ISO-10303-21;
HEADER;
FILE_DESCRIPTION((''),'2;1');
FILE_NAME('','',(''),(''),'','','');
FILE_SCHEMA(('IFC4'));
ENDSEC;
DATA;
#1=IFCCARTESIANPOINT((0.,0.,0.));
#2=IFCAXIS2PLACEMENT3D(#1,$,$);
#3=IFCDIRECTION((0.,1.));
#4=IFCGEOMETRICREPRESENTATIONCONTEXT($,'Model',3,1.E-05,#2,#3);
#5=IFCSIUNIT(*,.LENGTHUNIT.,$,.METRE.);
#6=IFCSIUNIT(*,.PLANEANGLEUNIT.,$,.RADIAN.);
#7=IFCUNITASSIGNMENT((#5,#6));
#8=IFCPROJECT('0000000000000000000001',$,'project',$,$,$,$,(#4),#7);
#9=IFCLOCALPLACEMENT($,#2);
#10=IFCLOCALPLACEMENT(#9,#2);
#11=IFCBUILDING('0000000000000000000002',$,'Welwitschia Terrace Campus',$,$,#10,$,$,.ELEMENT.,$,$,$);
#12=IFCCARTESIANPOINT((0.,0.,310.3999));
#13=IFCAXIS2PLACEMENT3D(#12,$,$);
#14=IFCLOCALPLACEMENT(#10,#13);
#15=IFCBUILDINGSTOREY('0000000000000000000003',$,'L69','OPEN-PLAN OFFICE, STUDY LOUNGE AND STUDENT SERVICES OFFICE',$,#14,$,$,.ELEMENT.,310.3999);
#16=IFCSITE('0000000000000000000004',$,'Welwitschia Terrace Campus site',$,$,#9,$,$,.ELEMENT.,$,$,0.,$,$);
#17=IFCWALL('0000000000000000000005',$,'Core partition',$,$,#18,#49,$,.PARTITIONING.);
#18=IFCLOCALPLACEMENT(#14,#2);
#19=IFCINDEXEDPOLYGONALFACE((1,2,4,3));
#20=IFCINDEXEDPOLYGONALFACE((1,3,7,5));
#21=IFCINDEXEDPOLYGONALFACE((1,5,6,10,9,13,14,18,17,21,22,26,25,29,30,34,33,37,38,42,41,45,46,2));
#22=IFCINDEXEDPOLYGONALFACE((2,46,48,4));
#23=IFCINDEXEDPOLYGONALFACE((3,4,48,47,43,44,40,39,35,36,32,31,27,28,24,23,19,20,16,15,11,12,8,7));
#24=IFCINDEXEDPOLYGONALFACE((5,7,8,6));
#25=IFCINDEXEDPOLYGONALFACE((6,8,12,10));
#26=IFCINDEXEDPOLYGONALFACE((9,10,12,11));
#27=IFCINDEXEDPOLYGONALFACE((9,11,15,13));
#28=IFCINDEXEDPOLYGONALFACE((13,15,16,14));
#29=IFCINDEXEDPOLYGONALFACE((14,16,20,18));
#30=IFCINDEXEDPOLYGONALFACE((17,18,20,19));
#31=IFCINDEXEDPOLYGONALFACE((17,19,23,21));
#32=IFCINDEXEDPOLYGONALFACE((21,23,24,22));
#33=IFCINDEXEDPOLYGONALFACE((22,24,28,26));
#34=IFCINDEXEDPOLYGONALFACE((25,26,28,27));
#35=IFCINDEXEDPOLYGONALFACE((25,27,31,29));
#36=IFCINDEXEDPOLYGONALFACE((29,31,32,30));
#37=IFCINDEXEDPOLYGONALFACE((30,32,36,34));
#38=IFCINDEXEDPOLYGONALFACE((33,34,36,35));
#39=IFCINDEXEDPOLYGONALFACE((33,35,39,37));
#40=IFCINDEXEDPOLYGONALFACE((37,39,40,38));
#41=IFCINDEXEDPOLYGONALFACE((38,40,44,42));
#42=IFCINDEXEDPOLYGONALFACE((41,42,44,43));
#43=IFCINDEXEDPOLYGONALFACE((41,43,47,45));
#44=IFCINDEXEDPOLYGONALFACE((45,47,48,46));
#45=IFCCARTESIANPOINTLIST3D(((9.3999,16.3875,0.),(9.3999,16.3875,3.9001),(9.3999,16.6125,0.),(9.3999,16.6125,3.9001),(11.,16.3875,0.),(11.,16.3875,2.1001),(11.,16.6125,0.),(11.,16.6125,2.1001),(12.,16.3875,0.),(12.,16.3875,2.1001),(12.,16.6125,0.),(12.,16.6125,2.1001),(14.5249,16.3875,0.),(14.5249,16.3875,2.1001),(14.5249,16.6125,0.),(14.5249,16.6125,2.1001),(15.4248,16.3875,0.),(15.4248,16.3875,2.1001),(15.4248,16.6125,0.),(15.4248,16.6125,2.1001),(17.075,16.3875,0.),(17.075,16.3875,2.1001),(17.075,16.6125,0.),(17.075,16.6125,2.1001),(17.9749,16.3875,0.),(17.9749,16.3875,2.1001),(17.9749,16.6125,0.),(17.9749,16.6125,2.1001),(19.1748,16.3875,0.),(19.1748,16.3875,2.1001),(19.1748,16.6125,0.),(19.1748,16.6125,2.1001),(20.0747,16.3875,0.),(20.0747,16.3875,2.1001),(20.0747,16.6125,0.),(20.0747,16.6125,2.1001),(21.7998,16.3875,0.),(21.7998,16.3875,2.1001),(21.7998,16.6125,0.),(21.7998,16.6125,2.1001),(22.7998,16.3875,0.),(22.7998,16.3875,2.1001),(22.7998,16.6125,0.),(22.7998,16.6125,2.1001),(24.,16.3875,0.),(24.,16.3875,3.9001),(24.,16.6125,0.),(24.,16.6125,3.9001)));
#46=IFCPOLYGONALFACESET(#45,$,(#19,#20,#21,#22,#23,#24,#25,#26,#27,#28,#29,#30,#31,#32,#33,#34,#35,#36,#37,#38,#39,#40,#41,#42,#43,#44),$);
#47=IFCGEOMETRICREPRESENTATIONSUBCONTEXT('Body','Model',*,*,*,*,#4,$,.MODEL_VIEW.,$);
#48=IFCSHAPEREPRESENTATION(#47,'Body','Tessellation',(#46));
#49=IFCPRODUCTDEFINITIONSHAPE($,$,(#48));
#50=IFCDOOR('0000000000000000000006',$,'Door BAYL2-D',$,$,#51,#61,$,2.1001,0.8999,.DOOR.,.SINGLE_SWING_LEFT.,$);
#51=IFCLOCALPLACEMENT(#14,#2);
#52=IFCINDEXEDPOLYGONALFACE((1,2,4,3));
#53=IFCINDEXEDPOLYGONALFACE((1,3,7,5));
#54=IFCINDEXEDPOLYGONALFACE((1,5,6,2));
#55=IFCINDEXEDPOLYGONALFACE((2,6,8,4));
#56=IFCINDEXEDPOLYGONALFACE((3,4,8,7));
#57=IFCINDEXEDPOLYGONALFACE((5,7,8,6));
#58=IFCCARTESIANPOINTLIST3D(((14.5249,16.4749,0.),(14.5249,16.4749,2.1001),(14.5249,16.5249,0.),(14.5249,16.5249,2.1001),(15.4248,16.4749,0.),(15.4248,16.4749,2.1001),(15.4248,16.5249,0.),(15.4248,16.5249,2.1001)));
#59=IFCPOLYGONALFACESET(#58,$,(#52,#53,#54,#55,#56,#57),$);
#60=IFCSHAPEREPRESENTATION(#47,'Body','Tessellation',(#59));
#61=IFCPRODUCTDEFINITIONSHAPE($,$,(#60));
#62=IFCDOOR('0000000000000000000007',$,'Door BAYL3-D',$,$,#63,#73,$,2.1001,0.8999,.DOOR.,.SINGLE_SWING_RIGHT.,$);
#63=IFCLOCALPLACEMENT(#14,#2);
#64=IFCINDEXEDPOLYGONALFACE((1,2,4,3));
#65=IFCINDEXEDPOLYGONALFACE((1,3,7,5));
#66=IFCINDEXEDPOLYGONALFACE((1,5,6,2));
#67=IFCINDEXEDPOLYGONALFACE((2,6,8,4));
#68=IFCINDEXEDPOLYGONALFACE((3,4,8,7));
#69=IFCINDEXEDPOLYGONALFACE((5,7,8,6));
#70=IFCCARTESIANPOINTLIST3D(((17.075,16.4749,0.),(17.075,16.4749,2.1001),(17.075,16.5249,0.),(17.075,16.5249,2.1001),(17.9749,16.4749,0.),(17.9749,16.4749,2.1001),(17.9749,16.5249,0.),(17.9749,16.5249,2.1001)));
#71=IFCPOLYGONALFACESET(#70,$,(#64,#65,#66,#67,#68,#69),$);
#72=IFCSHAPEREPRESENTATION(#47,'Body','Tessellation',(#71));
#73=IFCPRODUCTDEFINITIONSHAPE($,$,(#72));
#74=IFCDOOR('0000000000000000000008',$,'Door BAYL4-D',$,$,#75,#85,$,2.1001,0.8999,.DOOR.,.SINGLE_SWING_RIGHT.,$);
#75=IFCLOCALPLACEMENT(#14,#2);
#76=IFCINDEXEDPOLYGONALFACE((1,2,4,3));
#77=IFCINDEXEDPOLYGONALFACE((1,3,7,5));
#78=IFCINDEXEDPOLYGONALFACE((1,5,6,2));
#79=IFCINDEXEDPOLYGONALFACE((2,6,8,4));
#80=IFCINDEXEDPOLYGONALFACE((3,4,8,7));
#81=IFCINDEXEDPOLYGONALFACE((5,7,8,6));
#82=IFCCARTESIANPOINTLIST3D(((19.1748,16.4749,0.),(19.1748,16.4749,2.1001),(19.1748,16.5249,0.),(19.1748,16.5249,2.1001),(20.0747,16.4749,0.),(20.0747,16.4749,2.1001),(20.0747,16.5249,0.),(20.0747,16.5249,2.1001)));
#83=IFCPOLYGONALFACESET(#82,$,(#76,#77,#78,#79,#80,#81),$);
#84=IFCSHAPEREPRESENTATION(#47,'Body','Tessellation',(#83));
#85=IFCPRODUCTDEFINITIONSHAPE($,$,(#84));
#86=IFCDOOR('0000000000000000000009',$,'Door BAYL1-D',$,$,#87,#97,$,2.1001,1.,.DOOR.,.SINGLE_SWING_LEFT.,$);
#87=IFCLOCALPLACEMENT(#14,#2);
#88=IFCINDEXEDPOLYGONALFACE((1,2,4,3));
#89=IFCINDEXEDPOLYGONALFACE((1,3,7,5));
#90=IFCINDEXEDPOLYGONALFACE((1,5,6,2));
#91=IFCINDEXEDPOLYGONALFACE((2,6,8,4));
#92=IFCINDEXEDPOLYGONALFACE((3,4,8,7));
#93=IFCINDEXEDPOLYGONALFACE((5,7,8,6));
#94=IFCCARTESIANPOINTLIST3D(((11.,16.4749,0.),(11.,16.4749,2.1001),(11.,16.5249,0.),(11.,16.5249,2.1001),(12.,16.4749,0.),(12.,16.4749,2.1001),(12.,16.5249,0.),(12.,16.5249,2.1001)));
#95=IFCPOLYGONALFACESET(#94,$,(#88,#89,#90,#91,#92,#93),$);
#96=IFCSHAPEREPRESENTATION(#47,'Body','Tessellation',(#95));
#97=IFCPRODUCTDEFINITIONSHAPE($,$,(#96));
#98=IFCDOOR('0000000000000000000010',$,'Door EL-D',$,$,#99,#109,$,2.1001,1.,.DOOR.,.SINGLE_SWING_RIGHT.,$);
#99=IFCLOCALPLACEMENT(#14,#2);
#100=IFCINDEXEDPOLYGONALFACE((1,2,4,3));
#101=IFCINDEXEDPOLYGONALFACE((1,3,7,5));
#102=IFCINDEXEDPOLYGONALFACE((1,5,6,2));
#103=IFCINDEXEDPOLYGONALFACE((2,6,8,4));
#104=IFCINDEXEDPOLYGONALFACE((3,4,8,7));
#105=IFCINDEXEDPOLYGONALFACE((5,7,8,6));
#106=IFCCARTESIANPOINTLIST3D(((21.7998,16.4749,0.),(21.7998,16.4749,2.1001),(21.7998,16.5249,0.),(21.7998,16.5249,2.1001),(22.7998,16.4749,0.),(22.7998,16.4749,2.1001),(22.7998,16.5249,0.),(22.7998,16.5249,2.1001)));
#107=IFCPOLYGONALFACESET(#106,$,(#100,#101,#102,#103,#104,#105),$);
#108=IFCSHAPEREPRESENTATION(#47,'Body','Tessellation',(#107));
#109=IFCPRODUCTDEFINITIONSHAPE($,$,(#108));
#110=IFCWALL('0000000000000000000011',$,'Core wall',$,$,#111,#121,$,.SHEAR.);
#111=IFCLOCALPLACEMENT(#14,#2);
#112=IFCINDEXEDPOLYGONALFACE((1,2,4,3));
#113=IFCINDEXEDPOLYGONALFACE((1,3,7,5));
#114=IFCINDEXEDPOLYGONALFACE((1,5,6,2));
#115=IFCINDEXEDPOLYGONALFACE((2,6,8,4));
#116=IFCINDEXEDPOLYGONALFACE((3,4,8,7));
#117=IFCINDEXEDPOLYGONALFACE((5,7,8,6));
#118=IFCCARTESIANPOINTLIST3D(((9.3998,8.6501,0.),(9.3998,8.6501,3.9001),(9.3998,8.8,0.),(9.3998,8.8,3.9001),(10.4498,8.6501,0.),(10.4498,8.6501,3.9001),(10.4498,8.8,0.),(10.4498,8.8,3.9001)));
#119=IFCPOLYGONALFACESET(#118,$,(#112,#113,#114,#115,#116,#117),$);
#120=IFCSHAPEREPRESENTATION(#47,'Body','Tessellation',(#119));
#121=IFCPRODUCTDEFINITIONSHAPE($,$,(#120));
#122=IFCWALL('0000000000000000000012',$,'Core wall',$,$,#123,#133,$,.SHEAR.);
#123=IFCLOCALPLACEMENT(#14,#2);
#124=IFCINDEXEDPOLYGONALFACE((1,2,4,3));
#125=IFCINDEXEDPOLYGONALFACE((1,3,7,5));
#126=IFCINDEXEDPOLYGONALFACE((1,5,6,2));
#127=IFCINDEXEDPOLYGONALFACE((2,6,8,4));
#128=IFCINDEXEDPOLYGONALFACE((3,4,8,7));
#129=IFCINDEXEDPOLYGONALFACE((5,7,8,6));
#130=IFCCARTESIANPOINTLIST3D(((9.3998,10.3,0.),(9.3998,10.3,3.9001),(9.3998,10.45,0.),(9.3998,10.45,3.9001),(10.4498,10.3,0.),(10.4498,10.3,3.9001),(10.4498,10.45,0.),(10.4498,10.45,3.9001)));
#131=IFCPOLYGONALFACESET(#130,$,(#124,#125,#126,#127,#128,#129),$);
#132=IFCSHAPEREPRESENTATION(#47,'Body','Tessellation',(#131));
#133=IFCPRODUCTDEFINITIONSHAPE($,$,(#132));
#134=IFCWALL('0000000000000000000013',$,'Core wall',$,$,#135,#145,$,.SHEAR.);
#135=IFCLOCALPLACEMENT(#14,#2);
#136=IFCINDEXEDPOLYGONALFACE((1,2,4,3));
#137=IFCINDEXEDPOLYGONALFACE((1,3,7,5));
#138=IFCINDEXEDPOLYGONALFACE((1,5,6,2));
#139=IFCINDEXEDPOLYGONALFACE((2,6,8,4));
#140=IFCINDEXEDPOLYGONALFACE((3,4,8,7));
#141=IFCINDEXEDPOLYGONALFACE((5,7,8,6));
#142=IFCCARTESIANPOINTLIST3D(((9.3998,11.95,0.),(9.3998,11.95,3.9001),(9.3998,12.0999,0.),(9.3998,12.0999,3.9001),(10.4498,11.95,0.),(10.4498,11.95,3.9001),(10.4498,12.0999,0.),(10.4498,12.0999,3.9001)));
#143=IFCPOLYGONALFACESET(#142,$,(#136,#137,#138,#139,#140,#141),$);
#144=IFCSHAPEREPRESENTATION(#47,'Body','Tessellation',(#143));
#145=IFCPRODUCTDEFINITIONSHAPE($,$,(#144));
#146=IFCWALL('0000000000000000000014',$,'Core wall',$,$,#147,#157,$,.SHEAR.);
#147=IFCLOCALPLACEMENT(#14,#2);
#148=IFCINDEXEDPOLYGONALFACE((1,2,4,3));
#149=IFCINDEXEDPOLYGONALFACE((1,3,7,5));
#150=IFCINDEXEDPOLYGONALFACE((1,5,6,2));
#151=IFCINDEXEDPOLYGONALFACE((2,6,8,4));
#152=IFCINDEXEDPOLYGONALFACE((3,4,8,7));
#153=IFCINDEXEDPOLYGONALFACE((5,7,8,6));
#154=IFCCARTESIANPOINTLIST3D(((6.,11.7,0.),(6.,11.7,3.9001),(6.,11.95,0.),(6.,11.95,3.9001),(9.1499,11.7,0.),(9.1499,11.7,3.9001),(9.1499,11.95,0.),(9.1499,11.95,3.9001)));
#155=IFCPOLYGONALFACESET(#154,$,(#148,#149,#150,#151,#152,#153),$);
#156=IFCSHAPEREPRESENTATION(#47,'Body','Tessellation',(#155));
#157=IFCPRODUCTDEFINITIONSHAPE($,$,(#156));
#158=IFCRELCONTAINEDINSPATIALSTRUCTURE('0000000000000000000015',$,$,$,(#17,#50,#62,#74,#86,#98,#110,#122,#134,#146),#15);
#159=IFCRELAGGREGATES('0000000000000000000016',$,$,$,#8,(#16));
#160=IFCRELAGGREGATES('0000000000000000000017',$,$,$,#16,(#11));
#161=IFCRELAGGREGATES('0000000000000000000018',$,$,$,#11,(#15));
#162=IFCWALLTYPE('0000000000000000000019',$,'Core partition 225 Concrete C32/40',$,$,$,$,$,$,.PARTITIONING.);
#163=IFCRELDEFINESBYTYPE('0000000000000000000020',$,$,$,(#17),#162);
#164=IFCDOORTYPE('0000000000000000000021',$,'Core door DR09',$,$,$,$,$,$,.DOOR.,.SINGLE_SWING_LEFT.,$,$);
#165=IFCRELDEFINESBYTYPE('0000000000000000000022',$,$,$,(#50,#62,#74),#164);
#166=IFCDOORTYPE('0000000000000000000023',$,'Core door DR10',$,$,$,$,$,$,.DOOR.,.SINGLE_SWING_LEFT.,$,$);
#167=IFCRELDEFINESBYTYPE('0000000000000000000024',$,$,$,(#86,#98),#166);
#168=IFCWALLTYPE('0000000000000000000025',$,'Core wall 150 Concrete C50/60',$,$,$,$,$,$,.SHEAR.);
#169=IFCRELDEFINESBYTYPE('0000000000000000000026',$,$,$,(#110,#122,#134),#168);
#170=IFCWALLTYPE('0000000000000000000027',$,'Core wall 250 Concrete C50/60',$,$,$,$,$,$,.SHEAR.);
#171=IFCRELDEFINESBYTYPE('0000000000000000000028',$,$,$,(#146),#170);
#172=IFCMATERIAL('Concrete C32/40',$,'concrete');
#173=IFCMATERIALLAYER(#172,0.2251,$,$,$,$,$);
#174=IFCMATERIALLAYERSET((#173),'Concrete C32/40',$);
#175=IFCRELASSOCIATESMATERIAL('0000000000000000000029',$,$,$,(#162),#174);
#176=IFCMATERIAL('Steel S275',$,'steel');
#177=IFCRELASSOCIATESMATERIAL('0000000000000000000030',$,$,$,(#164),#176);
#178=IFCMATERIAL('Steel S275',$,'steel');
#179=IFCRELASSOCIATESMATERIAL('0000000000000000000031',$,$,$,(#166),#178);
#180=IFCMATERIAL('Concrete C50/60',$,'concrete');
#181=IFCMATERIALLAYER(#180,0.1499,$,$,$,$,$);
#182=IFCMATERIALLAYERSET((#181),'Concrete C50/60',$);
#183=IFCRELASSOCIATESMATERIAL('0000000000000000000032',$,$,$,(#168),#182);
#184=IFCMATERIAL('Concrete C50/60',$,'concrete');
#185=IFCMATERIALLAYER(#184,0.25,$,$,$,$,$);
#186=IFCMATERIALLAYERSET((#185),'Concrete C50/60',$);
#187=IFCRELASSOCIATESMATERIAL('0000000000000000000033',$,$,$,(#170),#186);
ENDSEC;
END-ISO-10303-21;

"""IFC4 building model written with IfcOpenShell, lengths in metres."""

from ifc_helpers import new_model, si_unit, direction, frame, frame_2d, origin, place, context, subcontext, project, spatial, rectangle, extrude, material, layer, layer_set, type_object, element, fill, save


model = new_model("IFC4")

# Units and contexts
model_context = context("Model", 3, precision=1e-05, world=origin(), true_north=direction((0.0, 1.0)))
body_context = subcontext(model_context, "Body", "Model", "MODEL_VIEW")
ifc_project = project(units=[si_unit("LENGTHUNIT", "METRE"), si_unit("PLANEANGLEUNIT", "RADIAN")], contexts=[model_context])

# Site, building, storey
site_placement = place(None, origin())
site = spatial("IfcSite", under=ifc_project, at=site_placement, Name="Welwitschia Terrace Campus site", CompositionType="ELEMENT", RefElevation=0.0)
building_placement = place(site_placement, origin())
building = spatial("IfcBuilding", under=site, at=building_placement, Name="Welwitschia Terrace Campus", CompositionType="ELEMENT")
storey_placement = place(building_placement, frame((0.0, 0.0, 310.3999)))
storey = spatial("IfcBuildingStorey", under=building, at=storey_placement, Name="L69", Description="OPEN-PLAN OFFICE, STUDY LOUNGE AND STUDENT SERVICES OFFICE", CompositionType="ELEMENT", Elevation=310.3999)

# Shared definitions
ifc_material_1 = material(Name="Concrete C32/40", Category="concrete")
ifc_layer_1 = layer(ifc_material_1, 0.2251)
ifc_layer_set_1 = layer_set([ifc_layer_1], Name="Concrete C32/40")
wall_type_1 = type_object("IfcWallType", Name="Core partition 225 Concrete C32/40", PredefinedType="PARTITIONING", material=ifc_layer_set_1)

# Wall, openings, doors
wall_1_placement = place(storey_placement, frame((9.3999, 16.5, 0.0), z_axis=(0.0, 0.0, 1.0), x_axis=(1.0, 0.0, 0.0)))
wall_1 = element("IfcWall", 1, at=wall_1_placement, inside=storey, type_object=wall_type_1, Name="Core partition", PredefinedType="PARTITIONING", context=body_context, shape_type="SweptSolid", body=[
    extrude(rectangle(XDim=14.6001, YDim=0.2251, at=frame_2d((7.3, 0.0))), origin(), (0.0, 0.0, 1.0), 3.9001),
])
opening_1_placement = place(wall_1_placement, frame((1.6001, 0.0, 0.0)))
opening_1 = element("IfcOpeningElement", 2, at=opening_1_placement, cuts=wall_1, PredefinedType="OPENING", context=body_context, shape_type="SweptSolid", body=[
    extrude(rectangle(XDim=1.0, YDim=2.1001, at=frame_2d((0.5, 1.05))), frame((0.0, 0.1226, 0.0), z_axis=(0.0, -1.0, 0.0), x_axis=(1.0, 0.0, 0.0)), (0.0, 0.0, 1.0), 0.2451),
])
opening_2_placement = place(wall_1_placement, frame((5.125, 0.0, 0.0)))
opening_2 = element("IfcOpeningElement", 3, at=opening_2_placement, cuts=wall_1, PredefinedType="OPENING", context=body_context, shape_type="SweptSolid", body=[
    extrude(rectangle(XDim=0.8999, YDim=2.1001, at=frame_2d((0.45, 1.05))), frame((0.0, 0.1226, 0.0), z_axis=(0.0, -1.0, 0.0), x_axis=(1.0, 0.0, 0.0)), (0.0, 0.0, 1.0), 0.2451),
])
opening_3_placement = place(wall_1_placement, frame((7.675, 0.0, 0.0)))
opening_3 = element("IfcOpeningElement", 4, at=opening_3_placement, cuts=wall_1, PredefinedType="OPENING", context=body_context, shape_type="SweptSolid", body=[
    extrude(rectangle(XDim=0.8999, YDim=2.1001, at=frame_2d((0.45, 1.05))), frame((0.0, 0.1226, 0.0), z_axis=(0.0, -1.0, 0.0), x_axis=(1.0, 0.0, 0.0)), (0.0, 0.0, 1.0), 0.2451),
])
opening_4_placement = place(wall_1_placement, frame((9.7749, 0.0, 0.0)))
opening_4 = element("IfcOpeningElement", 5, at=opening_4_placement, cuts=wall_1, PredefinedType="OPENING", context=body_context, shape_type="SweptSolid", body=[
    extrude(rectangle(XDim=0.8999, YDim=2.1001, at=frame_2d((0.45, 1.05))), frame((0.0, 0.1226, 0.0), z_axis=(0.0, -1.0, 0.0), x_axis=(1.0, 0.0, 0.0)), (0.0, 0.0, 1.0), 0.2451),
])
opening_5_placement = place(wall_1_placement, frame((12.3999, 0.0, 0.0)))
opening_5 = element("IfcOpeningElement", 6, at=opening_5_placement, cuts=wall_1, PredefinedType="OPENING", context=body_context, shape_type="SweptSolid", body=[
    extrude(rectangle(XDim=1.0, YDim=2.1001, at=frame_2d((0.5, 1.05))), frame((0.0, 0.1226, 0.0), z_axis=(0.0, -1.0, 0.0), x_axis=(1.0, 0.0, 0.0)), (0.0, 0.0, 1.0), 0.2451),
])
ifc_material_2 = material(Name="Steel S275", Category="steel")
door_type_1 = type_object("IfcDoorType", Name="Core door DR09", OperationType="SINGLE_SWING_LEFT", PredefinedType="DOOR", material=ifc_material_2)
door_1_placement = place(opening_2_placement, origin())
door_1 = element("IfcDoor", 7, at=door_1_placement, inside=storey, type_object=door_type_1, Name="Door BAYL2-D", OperationType="SINGLE_SWING_LEFT", OverallHeight=2.1001, OverallWidth=0.8999, PredefinedType="DOOR", context=body_context, shape_type="SweptSolid", body=[
    extrude(rectangle(XDim=0.8999, YDim=2.1001, at=frame_2d((0.45, 1.05))), frame((0.0, 0.0249, 0.0), z_axis=(0.0, -1.0, 0.0), x_axis=(1.0, 0.0, 0.0)), (0.0, 0.0, 1.0), 0.05),
])
fill(opening_2, door_1)
door_2_placement = place(opening_3_placement, origin())
door_2 = element("IfcDoor", 8, at=door_2_placement, inside=storey, type_object=door_type_1, Name="Door BAYL3-D", OperationType="SINGLE_SWING_RIGHT", OverallHeight=2.1001, OverallWidth=0.8999, PredefinedType="DOOR", context=body_context, shape_type="SweptSolid", body=[
    extrude(rectangle(XDim=0.8999, YDim=2.1001, at=frame_2d((0.45, 1.05))), frame((0.0, 0.0249, 0.0), z_axis=(0.0, -1.0, 0.0), x_axis=(1.0, 0.0, 0.0)), (0.0, 0.0, 1.0), 0.05),
])
fill(opening_3, door_2)
door_3_placement = place(opening_4_placement, origin())
door_3 = element("IfcDoor", 9, at=door_3_placement, inside=storey, type_object=door_type_1, Name="Door BAYL4-D", OperationType="SINGLE_SWING_RIGHT", OverallHeight=2.1001, OverallWidth=0.8999, PredefinedType="DOOR", context=body_context, shape_type="SweptSolid", body=[
    extrude(rectangle(XDim=0.8999, YDim=2.1001, at=frame_2d((0.45, 1.05))), frame((0.0, 0.0249, 0.0), z_axis=(0.0, -1.0, 0.0), x_axis=(1.0, 0.0, 0.0)), (0.0, 0.0, 1.0), 0.05),
])
fill(opening_4, door_3)
ifc_material_3 = material(Name="Steel S275", Category="steel")
door_type_2 = type_object("IfcDoorType", Name="Core door DR10", OperationType="SINGLE_SWING_LEFT", PredefinedType="DOOR", material=ifc_material_3)
door_4_placement = place(opening_1_placement, origin())
door_4 = element("IfcDoor", 10, at=door_4_placement, inside=storey, type_object=door_type_2, Name="Door BAYL1-D", OperationType="SINGLE_SWING_LEFT", OverallHeight=2.1001, OverallWidth=1.0, PredefinedType="DOOR", context=body_context, shape_type="SweptSolid", body=[
    extrude(rectangle(XDim=1.0, YDim=2.1001, at=frame_2d((0.5, 1.05))), frame((0.0, 0.0249, 0.0), z_axis=(0.0, -1.0, 0.0), x_axis=(1.0, 0.0, 0.0)), (0.0, 0.0, 1.0), 0.05),
])
fill(opening_1, door_4)
door_5_placement = place(opening_5_placement, origin())
door_5 = element("IfcDoor", 11, at=door_5_placement, inside=storey, type_object=door_type_2, Name="Door EL-D", OperationType="SINGLE_SWING_RIGHT", OverallHeight=2.1001, OverallWidth=1.0, PredefinedType="DOOR", context=body_context, shape_type="SweptSolid", body=[
    extrude(rectangle(XDim=1.0, YDim=2.1001, at=frame_2d((0.5, 1.05))), frame((0.0, 0.0249, 0.0), z_axis=(0.0, -1.0, 0.0), x_axis=(1.0, 0.0, 0.0)), (0.0, 0.0, 1.0), 0.05),
])
fill(opening_5, door_5)

# Walls
ifc_material_4 = material(Name="Concrete C50/60", Category="concrete")
ifc_layer_2 = layer(ifc_material_4, 0.1499)
ifc_layer_set_2 = layer_set([ifc_layer_2], Name="Concrete C50/60")
wall_type_2 = type_object("IfcWallType", Name="Core wall 150 Concrete C50/60", PredefinedType="SHEAR", material=ifc_layer_set_2)
for number, where, z_axis, x_axis, name in (
    (12, (9.3999, 8.7251, 0.0), (0.0, 0.0, 1.0), (1.0, 0.0, 0.0), "Core wall"),
    (13, (9.3999, 10.375, 0.0), (0.0, 0.0, 1.0), (1.0, 0.0, 0.0), "Core wall"),
    (14, (9.3999, 12.0249, 0.0), (0.0, 0.0, 1.0), (1.0, 0.0, 0.0), "Core wall"),
):
    element("IfcWall", number, at=place(storey_placement, frame(where, z_axis=z_axis, x_axis=x_axis)), inside=storey, type_object=wall_type_2, Name=name, PredefinedType="SHEAR", context=body_context, shape_type="SweptSolid", body=[
        extrude(rectangle(XDim=1.05, YDim=0.1499, at=frame_2d((0.5249, 0.0))), origin(), (0.0, 0.0, 1.0), 3.9001),
    ])
ifc_material_5 = material(Name="Concrete C50/60", Category="concrete")
ifc_layer_3 = layer(ifc_material_5, 0.25)
ifc_layer_set_3 = layer_set([ifc_layer_3], Name="Concrete C50/60")
wall_type_3 = type_object("IfcWallType", Name="Core wall 250 Concrete C50/60", PredefinedType="SHEAR", material=ifc_layer_set_3)
wall_2_placement = place(storey_placement, frame((6.0, 11.825, 0.0), z_axis=(0.0, 0.0, 1.0), x_axis=(1.0, 0.0, 0.0)))
element("IfcWall", 15, at=wall_2_placement, inside=storey, type_object=wall_type_3, Name="Core wall", PredefinedType="SHEAR", context=body_context, shape_type="SweptSolid", body=[
    extrude(rectangle(XDim=3.1499, YDim=0.25, at=frame_2d((1.575, 0.0))), origin(), (0.0, 0.0, 1.0), 3.9001),
])

save(model, "model.ifc")
